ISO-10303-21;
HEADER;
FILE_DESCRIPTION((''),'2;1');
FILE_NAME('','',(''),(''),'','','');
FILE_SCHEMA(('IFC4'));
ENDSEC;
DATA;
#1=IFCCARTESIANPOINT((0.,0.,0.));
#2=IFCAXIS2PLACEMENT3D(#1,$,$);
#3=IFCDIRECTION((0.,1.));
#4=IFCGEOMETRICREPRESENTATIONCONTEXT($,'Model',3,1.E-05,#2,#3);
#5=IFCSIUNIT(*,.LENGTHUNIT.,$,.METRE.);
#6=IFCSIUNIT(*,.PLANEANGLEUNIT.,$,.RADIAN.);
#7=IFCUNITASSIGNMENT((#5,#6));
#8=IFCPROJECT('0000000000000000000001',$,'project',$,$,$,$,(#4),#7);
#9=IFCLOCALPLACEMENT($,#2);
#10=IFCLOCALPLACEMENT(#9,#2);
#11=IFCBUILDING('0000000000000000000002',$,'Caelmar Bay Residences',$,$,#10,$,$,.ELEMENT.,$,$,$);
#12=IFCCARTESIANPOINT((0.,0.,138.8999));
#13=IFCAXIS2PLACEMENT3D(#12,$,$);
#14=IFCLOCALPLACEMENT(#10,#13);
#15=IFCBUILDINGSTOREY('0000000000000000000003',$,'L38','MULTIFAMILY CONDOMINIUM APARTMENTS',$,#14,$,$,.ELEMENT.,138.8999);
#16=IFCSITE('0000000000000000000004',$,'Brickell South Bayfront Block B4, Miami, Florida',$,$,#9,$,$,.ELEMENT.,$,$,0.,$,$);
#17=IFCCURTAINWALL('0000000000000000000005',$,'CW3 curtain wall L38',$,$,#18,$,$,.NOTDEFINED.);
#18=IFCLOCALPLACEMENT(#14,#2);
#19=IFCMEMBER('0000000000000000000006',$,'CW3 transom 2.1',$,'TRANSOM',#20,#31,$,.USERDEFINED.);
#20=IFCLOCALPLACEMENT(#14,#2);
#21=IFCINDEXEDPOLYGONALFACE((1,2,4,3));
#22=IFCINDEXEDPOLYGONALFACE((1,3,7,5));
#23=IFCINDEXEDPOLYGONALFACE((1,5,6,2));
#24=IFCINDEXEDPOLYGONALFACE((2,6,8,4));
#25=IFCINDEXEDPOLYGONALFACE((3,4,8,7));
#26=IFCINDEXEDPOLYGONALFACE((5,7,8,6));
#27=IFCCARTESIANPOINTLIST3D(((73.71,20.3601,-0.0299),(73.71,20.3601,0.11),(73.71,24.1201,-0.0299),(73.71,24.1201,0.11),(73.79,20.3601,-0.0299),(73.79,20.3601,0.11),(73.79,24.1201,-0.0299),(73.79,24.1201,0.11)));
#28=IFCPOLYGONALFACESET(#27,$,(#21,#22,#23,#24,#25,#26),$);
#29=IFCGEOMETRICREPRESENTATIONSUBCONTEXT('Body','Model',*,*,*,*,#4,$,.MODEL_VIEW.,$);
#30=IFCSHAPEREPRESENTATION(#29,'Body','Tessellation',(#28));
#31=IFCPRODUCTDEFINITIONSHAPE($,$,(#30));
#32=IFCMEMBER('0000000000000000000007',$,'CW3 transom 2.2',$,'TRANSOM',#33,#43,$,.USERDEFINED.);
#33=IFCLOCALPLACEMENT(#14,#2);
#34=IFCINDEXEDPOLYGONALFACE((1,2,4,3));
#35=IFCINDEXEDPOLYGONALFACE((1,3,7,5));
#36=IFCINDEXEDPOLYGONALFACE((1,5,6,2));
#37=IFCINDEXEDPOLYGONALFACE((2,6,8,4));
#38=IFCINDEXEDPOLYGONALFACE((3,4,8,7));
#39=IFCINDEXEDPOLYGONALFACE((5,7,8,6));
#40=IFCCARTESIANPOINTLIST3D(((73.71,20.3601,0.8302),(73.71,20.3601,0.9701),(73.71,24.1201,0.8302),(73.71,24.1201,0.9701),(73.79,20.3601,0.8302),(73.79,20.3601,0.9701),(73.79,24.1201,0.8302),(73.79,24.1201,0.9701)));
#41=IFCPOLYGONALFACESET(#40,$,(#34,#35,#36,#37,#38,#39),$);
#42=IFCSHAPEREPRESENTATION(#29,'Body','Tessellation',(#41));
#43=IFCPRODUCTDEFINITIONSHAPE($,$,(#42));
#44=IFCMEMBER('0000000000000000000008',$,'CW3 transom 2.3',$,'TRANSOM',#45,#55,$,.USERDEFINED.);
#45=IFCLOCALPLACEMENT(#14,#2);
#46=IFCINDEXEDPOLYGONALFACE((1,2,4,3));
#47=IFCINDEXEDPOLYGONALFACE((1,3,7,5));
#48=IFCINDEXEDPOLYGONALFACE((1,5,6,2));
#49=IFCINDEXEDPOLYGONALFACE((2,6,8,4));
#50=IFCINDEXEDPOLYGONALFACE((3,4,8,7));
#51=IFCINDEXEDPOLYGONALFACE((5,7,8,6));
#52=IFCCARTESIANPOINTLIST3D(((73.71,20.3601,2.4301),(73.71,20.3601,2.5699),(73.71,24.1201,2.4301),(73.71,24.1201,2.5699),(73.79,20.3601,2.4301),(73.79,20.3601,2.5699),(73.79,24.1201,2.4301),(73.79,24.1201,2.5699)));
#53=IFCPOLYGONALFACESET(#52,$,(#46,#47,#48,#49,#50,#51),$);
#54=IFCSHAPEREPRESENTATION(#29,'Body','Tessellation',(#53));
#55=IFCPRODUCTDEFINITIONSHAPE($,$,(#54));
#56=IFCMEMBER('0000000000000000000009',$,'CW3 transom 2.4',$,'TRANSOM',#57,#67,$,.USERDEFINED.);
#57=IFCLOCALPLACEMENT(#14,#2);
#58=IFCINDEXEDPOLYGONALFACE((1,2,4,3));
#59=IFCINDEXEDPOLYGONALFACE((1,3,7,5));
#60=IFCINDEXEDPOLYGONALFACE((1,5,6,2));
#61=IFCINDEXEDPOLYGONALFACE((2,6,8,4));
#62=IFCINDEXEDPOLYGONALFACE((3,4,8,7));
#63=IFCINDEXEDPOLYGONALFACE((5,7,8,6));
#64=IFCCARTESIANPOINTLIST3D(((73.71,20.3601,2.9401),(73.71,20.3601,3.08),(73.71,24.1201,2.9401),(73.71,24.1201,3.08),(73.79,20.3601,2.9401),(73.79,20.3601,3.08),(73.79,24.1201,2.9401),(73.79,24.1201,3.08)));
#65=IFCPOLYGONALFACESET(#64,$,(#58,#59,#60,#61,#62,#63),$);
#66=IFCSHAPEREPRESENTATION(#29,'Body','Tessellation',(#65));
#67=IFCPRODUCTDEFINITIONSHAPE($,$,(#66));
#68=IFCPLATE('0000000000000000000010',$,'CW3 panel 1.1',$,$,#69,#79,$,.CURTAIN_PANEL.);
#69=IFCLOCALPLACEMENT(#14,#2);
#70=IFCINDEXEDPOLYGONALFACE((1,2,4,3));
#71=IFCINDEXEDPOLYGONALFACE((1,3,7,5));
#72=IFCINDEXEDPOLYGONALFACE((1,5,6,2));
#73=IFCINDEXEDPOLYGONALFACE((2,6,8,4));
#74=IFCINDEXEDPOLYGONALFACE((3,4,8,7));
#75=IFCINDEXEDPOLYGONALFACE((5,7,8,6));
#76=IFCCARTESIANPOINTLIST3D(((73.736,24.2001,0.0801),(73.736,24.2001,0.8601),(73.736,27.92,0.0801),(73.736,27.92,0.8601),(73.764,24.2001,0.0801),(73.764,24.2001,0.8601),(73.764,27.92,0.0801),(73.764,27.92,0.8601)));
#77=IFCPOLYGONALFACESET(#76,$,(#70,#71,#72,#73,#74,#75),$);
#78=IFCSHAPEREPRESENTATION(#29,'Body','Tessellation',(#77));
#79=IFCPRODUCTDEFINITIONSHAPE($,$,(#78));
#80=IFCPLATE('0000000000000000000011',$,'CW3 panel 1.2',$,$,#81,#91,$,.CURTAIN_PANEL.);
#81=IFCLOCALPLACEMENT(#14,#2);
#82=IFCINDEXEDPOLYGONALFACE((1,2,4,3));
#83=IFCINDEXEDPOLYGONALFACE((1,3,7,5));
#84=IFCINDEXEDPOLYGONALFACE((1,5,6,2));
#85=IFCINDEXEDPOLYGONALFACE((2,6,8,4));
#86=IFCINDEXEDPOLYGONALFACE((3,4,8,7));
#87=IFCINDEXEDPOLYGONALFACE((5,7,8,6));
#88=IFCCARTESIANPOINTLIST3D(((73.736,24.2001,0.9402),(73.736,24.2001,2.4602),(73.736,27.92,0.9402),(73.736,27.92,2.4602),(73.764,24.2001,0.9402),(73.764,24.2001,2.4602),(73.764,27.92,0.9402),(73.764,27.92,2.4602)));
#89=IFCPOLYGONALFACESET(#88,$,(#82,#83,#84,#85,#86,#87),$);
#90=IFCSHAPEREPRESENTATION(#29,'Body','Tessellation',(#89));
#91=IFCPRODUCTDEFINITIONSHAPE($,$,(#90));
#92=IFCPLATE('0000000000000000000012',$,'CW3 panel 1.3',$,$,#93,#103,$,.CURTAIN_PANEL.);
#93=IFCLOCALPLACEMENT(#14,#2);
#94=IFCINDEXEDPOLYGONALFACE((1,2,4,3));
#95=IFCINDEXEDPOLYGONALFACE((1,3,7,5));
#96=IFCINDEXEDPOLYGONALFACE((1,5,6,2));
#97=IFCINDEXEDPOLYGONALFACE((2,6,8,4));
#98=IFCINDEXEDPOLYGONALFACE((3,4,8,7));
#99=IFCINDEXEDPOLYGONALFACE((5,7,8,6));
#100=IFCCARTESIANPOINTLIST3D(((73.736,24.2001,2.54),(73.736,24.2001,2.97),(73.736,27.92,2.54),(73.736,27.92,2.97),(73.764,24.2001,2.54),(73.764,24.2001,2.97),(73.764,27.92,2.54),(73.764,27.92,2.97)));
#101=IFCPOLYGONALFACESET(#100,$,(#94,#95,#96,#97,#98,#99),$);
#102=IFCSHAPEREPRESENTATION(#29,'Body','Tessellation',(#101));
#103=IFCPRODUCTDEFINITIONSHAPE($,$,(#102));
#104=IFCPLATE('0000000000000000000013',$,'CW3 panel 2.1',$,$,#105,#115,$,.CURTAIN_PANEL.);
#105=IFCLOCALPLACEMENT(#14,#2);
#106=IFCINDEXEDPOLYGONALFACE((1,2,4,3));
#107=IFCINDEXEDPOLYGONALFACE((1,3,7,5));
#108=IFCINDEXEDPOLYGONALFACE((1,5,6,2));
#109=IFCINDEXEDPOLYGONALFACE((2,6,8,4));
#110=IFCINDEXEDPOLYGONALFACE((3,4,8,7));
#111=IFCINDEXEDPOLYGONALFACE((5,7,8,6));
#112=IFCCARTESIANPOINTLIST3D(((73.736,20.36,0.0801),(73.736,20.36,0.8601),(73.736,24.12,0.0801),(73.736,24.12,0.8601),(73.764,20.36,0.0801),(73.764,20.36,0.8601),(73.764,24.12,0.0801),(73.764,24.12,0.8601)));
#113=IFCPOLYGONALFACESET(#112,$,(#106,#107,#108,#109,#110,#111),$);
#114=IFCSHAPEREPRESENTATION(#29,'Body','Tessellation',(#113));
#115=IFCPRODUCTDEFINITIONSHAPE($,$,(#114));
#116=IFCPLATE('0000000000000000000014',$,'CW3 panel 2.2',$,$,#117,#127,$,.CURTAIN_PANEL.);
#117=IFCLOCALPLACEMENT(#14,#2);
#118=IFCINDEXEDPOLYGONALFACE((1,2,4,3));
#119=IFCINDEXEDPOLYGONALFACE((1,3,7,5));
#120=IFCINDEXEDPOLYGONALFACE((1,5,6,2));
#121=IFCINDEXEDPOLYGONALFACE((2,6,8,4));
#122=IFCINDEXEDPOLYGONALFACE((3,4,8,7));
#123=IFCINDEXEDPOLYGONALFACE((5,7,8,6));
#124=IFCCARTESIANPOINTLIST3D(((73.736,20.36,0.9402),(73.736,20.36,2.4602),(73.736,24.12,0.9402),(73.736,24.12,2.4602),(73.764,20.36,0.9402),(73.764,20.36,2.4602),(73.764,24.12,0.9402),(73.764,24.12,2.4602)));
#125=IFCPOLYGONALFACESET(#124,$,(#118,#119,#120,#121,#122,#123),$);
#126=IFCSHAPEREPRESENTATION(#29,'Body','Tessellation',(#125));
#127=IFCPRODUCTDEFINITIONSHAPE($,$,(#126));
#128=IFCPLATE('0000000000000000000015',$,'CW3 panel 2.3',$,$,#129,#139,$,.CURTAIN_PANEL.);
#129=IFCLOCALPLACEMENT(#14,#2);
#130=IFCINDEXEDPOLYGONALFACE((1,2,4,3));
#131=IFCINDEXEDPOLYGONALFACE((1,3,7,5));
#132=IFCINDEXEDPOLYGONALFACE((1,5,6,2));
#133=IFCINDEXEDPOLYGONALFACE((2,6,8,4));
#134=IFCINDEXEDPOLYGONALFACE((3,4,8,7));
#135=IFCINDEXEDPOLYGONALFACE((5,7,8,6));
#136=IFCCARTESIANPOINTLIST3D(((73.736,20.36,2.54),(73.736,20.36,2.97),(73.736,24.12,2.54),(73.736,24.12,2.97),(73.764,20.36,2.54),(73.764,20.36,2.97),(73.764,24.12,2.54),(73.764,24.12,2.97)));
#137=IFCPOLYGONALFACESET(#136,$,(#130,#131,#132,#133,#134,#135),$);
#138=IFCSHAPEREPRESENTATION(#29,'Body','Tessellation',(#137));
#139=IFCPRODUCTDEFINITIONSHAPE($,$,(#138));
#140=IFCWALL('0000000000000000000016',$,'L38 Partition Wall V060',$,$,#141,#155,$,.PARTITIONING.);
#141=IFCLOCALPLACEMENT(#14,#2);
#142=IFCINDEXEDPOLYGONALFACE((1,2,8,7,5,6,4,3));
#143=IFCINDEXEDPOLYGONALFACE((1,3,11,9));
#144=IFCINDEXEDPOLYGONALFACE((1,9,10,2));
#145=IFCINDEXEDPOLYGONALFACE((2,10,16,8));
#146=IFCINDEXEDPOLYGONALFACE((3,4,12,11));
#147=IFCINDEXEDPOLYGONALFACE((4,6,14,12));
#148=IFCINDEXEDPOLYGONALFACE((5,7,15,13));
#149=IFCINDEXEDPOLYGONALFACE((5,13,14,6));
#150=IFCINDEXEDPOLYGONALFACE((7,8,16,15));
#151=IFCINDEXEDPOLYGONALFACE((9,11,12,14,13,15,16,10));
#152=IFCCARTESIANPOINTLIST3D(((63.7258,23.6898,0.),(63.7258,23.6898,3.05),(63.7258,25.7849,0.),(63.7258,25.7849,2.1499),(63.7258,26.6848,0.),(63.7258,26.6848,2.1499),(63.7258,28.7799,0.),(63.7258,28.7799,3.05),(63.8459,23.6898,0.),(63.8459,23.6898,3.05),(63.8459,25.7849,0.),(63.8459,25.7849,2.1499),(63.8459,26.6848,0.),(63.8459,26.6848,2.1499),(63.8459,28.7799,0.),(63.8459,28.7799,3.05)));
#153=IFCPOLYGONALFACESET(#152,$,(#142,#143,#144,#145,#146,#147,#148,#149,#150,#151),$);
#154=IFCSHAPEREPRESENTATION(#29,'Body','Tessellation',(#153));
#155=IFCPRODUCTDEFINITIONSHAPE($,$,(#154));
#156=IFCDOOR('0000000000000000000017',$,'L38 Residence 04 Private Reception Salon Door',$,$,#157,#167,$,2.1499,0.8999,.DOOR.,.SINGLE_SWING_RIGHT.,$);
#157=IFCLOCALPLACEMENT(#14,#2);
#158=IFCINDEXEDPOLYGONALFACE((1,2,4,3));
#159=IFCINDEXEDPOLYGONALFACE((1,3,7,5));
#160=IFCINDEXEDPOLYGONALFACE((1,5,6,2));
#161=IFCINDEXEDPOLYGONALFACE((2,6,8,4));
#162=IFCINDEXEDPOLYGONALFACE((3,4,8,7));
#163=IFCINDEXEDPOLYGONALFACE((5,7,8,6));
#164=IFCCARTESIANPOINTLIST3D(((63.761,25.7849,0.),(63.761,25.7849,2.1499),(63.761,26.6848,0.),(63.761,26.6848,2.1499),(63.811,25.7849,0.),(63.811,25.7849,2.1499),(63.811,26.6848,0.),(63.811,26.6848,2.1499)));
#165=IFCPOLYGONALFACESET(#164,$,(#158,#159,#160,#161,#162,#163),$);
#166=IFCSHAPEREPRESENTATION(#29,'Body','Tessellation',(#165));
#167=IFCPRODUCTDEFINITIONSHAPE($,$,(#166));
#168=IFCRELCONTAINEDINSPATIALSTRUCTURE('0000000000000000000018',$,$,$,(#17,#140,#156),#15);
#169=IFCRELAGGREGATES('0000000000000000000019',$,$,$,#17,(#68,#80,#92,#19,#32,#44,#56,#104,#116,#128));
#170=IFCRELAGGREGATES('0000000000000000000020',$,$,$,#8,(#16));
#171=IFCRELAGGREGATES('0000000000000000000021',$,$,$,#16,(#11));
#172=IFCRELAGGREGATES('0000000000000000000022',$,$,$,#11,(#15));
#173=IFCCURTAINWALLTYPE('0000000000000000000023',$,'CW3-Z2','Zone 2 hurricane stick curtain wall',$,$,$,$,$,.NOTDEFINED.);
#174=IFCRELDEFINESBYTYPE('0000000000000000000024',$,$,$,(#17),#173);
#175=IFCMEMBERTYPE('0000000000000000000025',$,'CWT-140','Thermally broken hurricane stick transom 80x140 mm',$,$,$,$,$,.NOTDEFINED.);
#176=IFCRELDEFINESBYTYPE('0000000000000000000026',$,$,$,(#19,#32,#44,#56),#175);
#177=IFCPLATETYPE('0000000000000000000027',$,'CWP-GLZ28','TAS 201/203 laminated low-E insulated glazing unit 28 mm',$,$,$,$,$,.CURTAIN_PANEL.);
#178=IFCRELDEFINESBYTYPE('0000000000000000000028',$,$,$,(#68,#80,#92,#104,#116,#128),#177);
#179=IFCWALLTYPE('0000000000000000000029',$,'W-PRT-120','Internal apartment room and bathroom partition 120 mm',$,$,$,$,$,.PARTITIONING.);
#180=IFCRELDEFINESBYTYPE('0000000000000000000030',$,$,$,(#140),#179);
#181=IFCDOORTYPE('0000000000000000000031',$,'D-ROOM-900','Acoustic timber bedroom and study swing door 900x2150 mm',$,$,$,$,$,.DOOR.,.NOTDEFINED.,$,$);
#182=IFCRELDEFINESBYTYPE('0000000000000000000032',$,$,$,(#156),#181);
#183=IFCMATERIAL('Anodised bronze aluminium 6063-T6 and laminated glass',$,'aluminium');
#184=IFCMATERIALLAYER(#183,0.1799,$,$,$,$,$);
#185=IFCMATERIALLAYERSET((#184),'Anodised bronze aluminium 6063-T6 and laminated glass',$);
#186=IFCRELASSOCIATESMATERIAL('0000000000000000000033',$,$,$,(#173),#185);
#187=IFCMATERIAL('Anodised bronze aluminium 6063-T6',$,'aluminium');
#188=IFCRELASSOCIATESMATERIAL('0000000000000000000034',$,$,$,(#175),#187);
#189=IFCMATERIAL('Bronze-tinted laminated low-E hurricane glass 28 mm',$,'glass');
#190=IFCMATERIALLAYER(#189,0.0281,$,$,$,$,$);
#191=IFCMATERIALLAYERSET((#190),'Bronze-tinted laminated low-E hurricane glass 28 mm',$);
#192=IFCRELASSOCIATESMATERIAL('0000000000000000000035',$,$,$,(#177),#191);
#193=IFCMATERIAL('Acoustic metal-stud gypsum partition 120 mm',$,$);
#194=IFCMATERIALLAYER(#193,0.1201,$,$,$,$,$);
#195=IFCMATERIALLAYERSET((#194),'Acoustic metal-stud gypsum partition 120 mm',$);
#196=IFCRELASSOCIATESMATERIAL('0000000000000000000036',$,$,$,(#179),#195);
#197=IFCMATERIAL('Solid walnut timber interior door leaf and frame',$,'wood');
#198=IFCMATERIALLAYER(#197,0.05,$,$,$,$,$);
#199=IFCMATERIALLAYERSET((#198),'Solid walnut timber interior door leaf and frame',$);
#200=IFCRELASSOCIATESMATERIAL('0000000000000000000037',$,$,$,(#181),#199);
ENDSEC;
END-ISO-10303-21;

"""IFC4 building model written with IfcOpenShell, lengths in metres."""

from ifc_helpers import new_model, si_unit, direction, frame, frame_2d, origin, origin_2d, place, context, subcontext, project, spatial, rectangle, extrude, material, layer, layer_set, material_profile, profile_set, type_object, element, fill, aggregate, save


model = new_model("IFC4")

# Units and contexts
model_context = context("Model", 3, precision=1e-05, world=origin(), true_north=direction((0.0, 1.0)))
body_context = subcontext(model_context, "Body", "Model", "MODEL_VIEW")
ifc_project = project(units=[si_unit("LENGTHUNIT", "METRE"), si_unit("PLANEANGLEUNIT", "RADIAN")], contexts=[model_context])

# Site, building, storey
site_placement = place(None, origin())
site = spatial("IfcSite", under=ifc_project, at=site_placement, Name="Brickell South Bayfront Block B4, Miami, Florida", CompositionType="ELEMENT", RefElevation=0.0)
building_placement = place(site_placement, origin())
building = spatial("IfcBuilding", under=site, at=building_placement, Name="Caelmar Bay Residences", CompositionType="ELEMENT")
storey_placement = place(building_placement, frame((0.0, 0.0, 138.8999)))
storey = spatial("IfcBuildingStorey", under=building, at=storey_placement, Name="L38", Description="MULTIFAMILY CONDOMINIUM APARTMENTS", CompositionType="ELEMENT", Elevation=138.8999)

# Curtain wall, members, plates
ifc_material_1 = material(Name="Anodised bronze aluminium 6063-T6 and laminated glass", Category="aluminium")
ifc_layer_1 = layer(ifc_material_1, 0.1799)
ifc_layer_set_1 = layer_set([ifc_layer_1], Name="Anodised bronze aluminium 6063-T6 and laminated glass")
curtain_wall_type = type_object("IfcCurtainWallType", Name="CW3-Z2", Description="Zone 2 hurricane stick curtain wall", PredefinedType="NOTDEFINED", material=ifc_layer_set_1)
curtain_wall_placement = place(storey_placement, origin())
curtain_wall = element("IfcCurtainWall", 1, at=curtain_wall_placement, inside=storey, type_object=curtain_wall_type, Name="CW3 curtain wall L38", PredefinedType="NOTDEFINED")
ifc_material_2 = material(Name="Anodised bronze aluminium 6063-T6", Category="aluminium")
ifc_material_profile_1 = material_profile(ifc_material_2, rectangle(XDim=0.0801, YDim=0.1399, at=origin_2d()), Name="CWT-80X140")
ifc_profile_set_1 = profile_set([ifc_material_profile_1], Name="Anodised bronze aluminium 6063-T6")
member_type_1 = type_object("IfcMemberType", Name="CWT-140", Description="Thermally broken hurricane stick transom 80x140 mm", PredefinedType="NOTDEFINED", material=ifc_profile_set_1)
member_1_placement = place(storey_placement, frame((73.75, 24.1201, 0.04), z_axis=(0.0, -1.0, 0.0), x_axis=(1.0, 0.0, 0.0)))
member_1 = element("IfcMember", 2, at=member_1_placement, type_object=member_type_1, Name="CW3 transom 2.1", ObjectType="TRANSOM", PredefinedType="USERDEFINED", context=body_context, shape_type="SweptSolid", body=[
    extrude(rectangle(XDim=0.0801, YDim=0.1399, at=origin_2d()), origin(), (0.0, 0.0, 1.0), 3.76),
])
member_2_placement = place(storey_placement, frame((73.75, 24.1201, 0.9001), z_axis=(0.0, -1.0, 0.0), x_axis=(1.0, 0.0, 0.0)))
member_2 = element("IfcMember", 3, at=member_2_placement, type_object=member_type_1, Name="CW3 transom 2.2", ObjectType="TRANSOM", PredefinedType="USERDEFINED", context=body_context, shape_type="SweptSolid", body=[
    extrude(rectangle(XDim=0.0801, YDim=0.1399, at=origin_2d()), origin(), (0.0, 0.0, 1.0), 3.76),
])
member_3_placement = place(storey_placement, frame((73.75, 24.1201, 2.5), z_axis=(0.0, -1.0, 0.0), x_axis=(1.0, 0.0, 0.0)))
member_3 = element("IfcMember", 4, at=member_3_placement, type_object=member_type_1, Name="CW3 transom 2.3", ObjectType="TRANSOM", PredefinedType="USERDEFINED", context=body_context, shape_type="SweptSolid", body=[
    extrude(rectangle(XDim=0.0801, YDim=0.1399, at=origin_2d()), origin(), (0.0, 0.0, 1.0), 3.76),
])
member_4_placement = place(storey_placement, frame((73.75, 24.1201, 3.01), z_axis=(0.0, -1.0, 0.0), x_axis=(1.0, 0.0, 0.0)))
member_4 = element("IfcMember", 5, at=member_4_placement, type_object=member_type_1, Name="CW3 transom 2.4", ObjectType="TRANSOM", PredefinedType="USERDEFINED", context=body_context, shape_type="SweptSolid", body=[
    extrude(rectangle(XDim=0.0801, YDim=0.1399, at=origin_2d()), origin(), (0.0, 0.0, 1.0), 3.76),
])
ifc_material_3 = material(Name="Bronze-tinted laminated low-E hurricane glass 28 mm", Category="glass")
ifc_layer_2 = layer(ifc_material_3, 0.0281)
ifc_layer_set_2 = layer_set([ifc_layer_2], Name="Bronze-tinted laminated low-E hurricane glass 28 mm")
plate_type = type_object("IfcPlateType", Name="CWP-GLZ28", Description="TAS 201/203 laminated low-E insulated glazing unit 28 mm", PredefinedType="CURTAIN_PANEL", material=ifc_layer_set_2)
plate_1_placement = place(storey_placement, frame((73.75, 26.0601, 0.0801), z_axis=(0.0, 0.0, 1.0), x_axis=(0.0, -1.0, 0.0)))
plate_1 = element("IfcPlate", 6, at=plate_1_placement, type_object=plate_type, Name="CW3 panel 1.1", PredefinedType="CURTAIN_PANEL", context=body_context, shape_type="SweptSolid", body=[
    extrude(rectangle(XDim=3.72, YDim=0.0281, at=origin_2d()), origin(), (0.0, 0.0, 1.0), 0.78),
])
plate_2_placement = place(storey_placement, frame((73.75, 26.0601, 0.9402), z_axis=(0.0, 0.0, 1.0), x_axis=(0.0, -1.0, 0.0)))
plate_2 = element("IfcPlate", 7, at=plate_2_placement, type_object=plate_type, Name="CW3 panel 1.2", PredefinedType="CURTAIN_PANEL", context=body_context, shape_type="SweptSolid", body=[
    extrude(rectangle(XDim=3.72, YDim=0.0281, at=origin_2d()), origin(), (0.0, 0.0, 1.0), 1.52),
])
plate_3_placement = place(storey_placement, frame((73.75, 26.0601, 2.54), z_axis=(0.0, 0.0, 1.0), x_axis=(0.0, -1.0, 0.0)))
plate_3 = element("IfcPlate", 8, at=plate_3_placement, type_object=plate_type, Name="CW3 panel 1.3", PredefinedType="CURTAIN_PANEL", context=body_context, shape_type="SweptSolid", body=[
    extrude(rectangle(XDim=3.72, YDim=0.0281, at=origin_2d()), origin(), (0.0, 0.0, 1.0), 0.4299),
])
plate_4_placement = place(storey_placement, frame((73.75, 22.24, 0.0801), z_axis=(0.0, 0.0, 1.0), x_axis=(0.0, -1.0, 0.0)))
plate_4 = element("IfcPlate", 9, at=plate_4_placement, type_object=plate_type, Name="CW3 panel 2.1", PredefinedType="CURTAIN_PANEL", context=body_context, shape_type="SweptSolid", body=[
    extrude(rectangle(XDim=3.76, YDim=0.0281, at=origin_2d()), origin(), (0.0, 0.0, 1.0), 0.78),
])
plate_5_placement = place(storey_placement, frame((73.75, 22.24, 0.9402), z_axis=(0.0, 0.0, 1.0), x_axis=(0.0, -1.0, 0.0)))
plate_5 = element("IfcPlate", 10, at=plate_5_placement, type_object=plate_type, Name="CW3 panel 2.2", PredefinedType="CURTAIN_PANEL", context=body_context, shape_type="SweptSolid", body=[
    extrude(rectangle(XDim=3.76, YDim=0.0281, at=origin_2d()), origin(), (0.0, 0.0, 1.0), 1.52),
])
plate_6_placement = place(storey_placement, frame((73.75, 22.24, 2.54), z_axis=(0.0, 0.0, 1.0), x_axis=(0.0, -1.0, 0.0)))
plate_6 = element("IfcPlate", 11, at=plate_6_placement, type_object=plate_type, Name="CW3 panel 2.3", PredefinedType="CURTAIN_PANEL", context=body_context, shape_type="SweptSolid", body=[
    extrude(rectangle(XDim=3.76, YDim=0.0281, at=origin_2d()), origin(), (0.0, 0.0, 1.0), 0.4299),
])
aggregate(curtain_wall, [plate_1, plate_2, plate_3, member_1, member_2, member_3, member_4, plate_4, plate_5, plate_6])

# Wall, opening, door
ifc_material_4 = material(Name="Acoustic metal-stud gypsum partition 120 mm")
ifc_layer_3 = layer(ifc_material_4, 0.1201)
ifc_layer_set_3 = layer_set([ifc_layer_3], Name="Acoustic metal-stud gypsum partition 120 mm")
wall_type = type_object("IfcWallType", Name="W-PRT-120", Description="Internal apartment room and bathroom partition 120 mm", PredefinedType="PARTITIONING", material=ifc_layer_set_3)
wall_1_placement = place(storey_placement, frame((63.7859, 23.6899, 0.0), z_axis=(0.0, 0.0, 1.0), x_axis=(0.0, 1.0, 0.0)))
wall_1 = element("IfcWall", 12, at=wall_1_placement, inside=storey, type_object=wall_type, Name="L38 Partition Wall V060", PredefinedType="PARTITIONING", context=body_context, shape_type="SweptSolid", body=[
    extrude(rectangle(XDim=5.0901, YDim=0.1201, at=frame_2d((2.5449, 0.0))), origin(), (0.0, 0.0, 1.0), 3.05),
])
opening_1_placement = place(wall_1_placement, frame((2.095, 0.0, 0.0)))
opening_1 = element("IfcOpeningElement", 13, at=opening_1_placement, cuts=wall_1, PredefinedType="OPENING", context=body_context, shape_type="SweptSolid", body=[
    extrude(rectangle(XDim=0.8999, YDim=2.1499, at=frame_2d((0.45, 1.075))), frame((0.0, 0.0701, 0.0), z_axis=(0.0, -1.0, 0.0), x_axis=(1.0, 0.0, 0.0)), (0.0, 0.0, 1.0), 0.1401),
])
ifc_material_5 = material(Name="Solid walnut timber interior door leaf and frame", Category="wood")
ifc_layer_4 = layer(ifc_material_5, 0.05)
ifc_layer_set_4 = layer_set([ifc_layer_4], Name="Solid walnut timber interior door leaf and frame")
door_type_1 = type_object("IfcDoorType", Name="D-ROOM-900", Description="Acoustic timber bedroom and study swing door 900x2150 mm", OperationType="NOTDEFINED", PredefinedType="DOOR", material=ifc_layer_set_4)
door_1_placement = place(opening_1_placement, origin())
door_1 = element("IfcDoor", 14, at=door_1_placement, inside=storey, type_object=door_type_1, Name="L38 Residence 04 Private Reception Salon Door", OperationType="SINGLE_SWING_RIGHT", OverallHeight=2.1499, OverallWidth=0.8999, PredefinedType="DOOR", context=body_context, shape_type="SweptSolid", body=[
    extrude(rectangle(XDim=0.8999, YDim=2.1499, at=frame_2d((0.45, 1.075))), frame((0.0, 0.0249, 0.0), z_axis=(0.0, -1.0, 0.0), x_axis=(1.0, 0.0, 0.0)), (0.0, 0.0, 1.0), 0.05),
])
fill(opening_1, door_1)

save(model, "model.ifc")
